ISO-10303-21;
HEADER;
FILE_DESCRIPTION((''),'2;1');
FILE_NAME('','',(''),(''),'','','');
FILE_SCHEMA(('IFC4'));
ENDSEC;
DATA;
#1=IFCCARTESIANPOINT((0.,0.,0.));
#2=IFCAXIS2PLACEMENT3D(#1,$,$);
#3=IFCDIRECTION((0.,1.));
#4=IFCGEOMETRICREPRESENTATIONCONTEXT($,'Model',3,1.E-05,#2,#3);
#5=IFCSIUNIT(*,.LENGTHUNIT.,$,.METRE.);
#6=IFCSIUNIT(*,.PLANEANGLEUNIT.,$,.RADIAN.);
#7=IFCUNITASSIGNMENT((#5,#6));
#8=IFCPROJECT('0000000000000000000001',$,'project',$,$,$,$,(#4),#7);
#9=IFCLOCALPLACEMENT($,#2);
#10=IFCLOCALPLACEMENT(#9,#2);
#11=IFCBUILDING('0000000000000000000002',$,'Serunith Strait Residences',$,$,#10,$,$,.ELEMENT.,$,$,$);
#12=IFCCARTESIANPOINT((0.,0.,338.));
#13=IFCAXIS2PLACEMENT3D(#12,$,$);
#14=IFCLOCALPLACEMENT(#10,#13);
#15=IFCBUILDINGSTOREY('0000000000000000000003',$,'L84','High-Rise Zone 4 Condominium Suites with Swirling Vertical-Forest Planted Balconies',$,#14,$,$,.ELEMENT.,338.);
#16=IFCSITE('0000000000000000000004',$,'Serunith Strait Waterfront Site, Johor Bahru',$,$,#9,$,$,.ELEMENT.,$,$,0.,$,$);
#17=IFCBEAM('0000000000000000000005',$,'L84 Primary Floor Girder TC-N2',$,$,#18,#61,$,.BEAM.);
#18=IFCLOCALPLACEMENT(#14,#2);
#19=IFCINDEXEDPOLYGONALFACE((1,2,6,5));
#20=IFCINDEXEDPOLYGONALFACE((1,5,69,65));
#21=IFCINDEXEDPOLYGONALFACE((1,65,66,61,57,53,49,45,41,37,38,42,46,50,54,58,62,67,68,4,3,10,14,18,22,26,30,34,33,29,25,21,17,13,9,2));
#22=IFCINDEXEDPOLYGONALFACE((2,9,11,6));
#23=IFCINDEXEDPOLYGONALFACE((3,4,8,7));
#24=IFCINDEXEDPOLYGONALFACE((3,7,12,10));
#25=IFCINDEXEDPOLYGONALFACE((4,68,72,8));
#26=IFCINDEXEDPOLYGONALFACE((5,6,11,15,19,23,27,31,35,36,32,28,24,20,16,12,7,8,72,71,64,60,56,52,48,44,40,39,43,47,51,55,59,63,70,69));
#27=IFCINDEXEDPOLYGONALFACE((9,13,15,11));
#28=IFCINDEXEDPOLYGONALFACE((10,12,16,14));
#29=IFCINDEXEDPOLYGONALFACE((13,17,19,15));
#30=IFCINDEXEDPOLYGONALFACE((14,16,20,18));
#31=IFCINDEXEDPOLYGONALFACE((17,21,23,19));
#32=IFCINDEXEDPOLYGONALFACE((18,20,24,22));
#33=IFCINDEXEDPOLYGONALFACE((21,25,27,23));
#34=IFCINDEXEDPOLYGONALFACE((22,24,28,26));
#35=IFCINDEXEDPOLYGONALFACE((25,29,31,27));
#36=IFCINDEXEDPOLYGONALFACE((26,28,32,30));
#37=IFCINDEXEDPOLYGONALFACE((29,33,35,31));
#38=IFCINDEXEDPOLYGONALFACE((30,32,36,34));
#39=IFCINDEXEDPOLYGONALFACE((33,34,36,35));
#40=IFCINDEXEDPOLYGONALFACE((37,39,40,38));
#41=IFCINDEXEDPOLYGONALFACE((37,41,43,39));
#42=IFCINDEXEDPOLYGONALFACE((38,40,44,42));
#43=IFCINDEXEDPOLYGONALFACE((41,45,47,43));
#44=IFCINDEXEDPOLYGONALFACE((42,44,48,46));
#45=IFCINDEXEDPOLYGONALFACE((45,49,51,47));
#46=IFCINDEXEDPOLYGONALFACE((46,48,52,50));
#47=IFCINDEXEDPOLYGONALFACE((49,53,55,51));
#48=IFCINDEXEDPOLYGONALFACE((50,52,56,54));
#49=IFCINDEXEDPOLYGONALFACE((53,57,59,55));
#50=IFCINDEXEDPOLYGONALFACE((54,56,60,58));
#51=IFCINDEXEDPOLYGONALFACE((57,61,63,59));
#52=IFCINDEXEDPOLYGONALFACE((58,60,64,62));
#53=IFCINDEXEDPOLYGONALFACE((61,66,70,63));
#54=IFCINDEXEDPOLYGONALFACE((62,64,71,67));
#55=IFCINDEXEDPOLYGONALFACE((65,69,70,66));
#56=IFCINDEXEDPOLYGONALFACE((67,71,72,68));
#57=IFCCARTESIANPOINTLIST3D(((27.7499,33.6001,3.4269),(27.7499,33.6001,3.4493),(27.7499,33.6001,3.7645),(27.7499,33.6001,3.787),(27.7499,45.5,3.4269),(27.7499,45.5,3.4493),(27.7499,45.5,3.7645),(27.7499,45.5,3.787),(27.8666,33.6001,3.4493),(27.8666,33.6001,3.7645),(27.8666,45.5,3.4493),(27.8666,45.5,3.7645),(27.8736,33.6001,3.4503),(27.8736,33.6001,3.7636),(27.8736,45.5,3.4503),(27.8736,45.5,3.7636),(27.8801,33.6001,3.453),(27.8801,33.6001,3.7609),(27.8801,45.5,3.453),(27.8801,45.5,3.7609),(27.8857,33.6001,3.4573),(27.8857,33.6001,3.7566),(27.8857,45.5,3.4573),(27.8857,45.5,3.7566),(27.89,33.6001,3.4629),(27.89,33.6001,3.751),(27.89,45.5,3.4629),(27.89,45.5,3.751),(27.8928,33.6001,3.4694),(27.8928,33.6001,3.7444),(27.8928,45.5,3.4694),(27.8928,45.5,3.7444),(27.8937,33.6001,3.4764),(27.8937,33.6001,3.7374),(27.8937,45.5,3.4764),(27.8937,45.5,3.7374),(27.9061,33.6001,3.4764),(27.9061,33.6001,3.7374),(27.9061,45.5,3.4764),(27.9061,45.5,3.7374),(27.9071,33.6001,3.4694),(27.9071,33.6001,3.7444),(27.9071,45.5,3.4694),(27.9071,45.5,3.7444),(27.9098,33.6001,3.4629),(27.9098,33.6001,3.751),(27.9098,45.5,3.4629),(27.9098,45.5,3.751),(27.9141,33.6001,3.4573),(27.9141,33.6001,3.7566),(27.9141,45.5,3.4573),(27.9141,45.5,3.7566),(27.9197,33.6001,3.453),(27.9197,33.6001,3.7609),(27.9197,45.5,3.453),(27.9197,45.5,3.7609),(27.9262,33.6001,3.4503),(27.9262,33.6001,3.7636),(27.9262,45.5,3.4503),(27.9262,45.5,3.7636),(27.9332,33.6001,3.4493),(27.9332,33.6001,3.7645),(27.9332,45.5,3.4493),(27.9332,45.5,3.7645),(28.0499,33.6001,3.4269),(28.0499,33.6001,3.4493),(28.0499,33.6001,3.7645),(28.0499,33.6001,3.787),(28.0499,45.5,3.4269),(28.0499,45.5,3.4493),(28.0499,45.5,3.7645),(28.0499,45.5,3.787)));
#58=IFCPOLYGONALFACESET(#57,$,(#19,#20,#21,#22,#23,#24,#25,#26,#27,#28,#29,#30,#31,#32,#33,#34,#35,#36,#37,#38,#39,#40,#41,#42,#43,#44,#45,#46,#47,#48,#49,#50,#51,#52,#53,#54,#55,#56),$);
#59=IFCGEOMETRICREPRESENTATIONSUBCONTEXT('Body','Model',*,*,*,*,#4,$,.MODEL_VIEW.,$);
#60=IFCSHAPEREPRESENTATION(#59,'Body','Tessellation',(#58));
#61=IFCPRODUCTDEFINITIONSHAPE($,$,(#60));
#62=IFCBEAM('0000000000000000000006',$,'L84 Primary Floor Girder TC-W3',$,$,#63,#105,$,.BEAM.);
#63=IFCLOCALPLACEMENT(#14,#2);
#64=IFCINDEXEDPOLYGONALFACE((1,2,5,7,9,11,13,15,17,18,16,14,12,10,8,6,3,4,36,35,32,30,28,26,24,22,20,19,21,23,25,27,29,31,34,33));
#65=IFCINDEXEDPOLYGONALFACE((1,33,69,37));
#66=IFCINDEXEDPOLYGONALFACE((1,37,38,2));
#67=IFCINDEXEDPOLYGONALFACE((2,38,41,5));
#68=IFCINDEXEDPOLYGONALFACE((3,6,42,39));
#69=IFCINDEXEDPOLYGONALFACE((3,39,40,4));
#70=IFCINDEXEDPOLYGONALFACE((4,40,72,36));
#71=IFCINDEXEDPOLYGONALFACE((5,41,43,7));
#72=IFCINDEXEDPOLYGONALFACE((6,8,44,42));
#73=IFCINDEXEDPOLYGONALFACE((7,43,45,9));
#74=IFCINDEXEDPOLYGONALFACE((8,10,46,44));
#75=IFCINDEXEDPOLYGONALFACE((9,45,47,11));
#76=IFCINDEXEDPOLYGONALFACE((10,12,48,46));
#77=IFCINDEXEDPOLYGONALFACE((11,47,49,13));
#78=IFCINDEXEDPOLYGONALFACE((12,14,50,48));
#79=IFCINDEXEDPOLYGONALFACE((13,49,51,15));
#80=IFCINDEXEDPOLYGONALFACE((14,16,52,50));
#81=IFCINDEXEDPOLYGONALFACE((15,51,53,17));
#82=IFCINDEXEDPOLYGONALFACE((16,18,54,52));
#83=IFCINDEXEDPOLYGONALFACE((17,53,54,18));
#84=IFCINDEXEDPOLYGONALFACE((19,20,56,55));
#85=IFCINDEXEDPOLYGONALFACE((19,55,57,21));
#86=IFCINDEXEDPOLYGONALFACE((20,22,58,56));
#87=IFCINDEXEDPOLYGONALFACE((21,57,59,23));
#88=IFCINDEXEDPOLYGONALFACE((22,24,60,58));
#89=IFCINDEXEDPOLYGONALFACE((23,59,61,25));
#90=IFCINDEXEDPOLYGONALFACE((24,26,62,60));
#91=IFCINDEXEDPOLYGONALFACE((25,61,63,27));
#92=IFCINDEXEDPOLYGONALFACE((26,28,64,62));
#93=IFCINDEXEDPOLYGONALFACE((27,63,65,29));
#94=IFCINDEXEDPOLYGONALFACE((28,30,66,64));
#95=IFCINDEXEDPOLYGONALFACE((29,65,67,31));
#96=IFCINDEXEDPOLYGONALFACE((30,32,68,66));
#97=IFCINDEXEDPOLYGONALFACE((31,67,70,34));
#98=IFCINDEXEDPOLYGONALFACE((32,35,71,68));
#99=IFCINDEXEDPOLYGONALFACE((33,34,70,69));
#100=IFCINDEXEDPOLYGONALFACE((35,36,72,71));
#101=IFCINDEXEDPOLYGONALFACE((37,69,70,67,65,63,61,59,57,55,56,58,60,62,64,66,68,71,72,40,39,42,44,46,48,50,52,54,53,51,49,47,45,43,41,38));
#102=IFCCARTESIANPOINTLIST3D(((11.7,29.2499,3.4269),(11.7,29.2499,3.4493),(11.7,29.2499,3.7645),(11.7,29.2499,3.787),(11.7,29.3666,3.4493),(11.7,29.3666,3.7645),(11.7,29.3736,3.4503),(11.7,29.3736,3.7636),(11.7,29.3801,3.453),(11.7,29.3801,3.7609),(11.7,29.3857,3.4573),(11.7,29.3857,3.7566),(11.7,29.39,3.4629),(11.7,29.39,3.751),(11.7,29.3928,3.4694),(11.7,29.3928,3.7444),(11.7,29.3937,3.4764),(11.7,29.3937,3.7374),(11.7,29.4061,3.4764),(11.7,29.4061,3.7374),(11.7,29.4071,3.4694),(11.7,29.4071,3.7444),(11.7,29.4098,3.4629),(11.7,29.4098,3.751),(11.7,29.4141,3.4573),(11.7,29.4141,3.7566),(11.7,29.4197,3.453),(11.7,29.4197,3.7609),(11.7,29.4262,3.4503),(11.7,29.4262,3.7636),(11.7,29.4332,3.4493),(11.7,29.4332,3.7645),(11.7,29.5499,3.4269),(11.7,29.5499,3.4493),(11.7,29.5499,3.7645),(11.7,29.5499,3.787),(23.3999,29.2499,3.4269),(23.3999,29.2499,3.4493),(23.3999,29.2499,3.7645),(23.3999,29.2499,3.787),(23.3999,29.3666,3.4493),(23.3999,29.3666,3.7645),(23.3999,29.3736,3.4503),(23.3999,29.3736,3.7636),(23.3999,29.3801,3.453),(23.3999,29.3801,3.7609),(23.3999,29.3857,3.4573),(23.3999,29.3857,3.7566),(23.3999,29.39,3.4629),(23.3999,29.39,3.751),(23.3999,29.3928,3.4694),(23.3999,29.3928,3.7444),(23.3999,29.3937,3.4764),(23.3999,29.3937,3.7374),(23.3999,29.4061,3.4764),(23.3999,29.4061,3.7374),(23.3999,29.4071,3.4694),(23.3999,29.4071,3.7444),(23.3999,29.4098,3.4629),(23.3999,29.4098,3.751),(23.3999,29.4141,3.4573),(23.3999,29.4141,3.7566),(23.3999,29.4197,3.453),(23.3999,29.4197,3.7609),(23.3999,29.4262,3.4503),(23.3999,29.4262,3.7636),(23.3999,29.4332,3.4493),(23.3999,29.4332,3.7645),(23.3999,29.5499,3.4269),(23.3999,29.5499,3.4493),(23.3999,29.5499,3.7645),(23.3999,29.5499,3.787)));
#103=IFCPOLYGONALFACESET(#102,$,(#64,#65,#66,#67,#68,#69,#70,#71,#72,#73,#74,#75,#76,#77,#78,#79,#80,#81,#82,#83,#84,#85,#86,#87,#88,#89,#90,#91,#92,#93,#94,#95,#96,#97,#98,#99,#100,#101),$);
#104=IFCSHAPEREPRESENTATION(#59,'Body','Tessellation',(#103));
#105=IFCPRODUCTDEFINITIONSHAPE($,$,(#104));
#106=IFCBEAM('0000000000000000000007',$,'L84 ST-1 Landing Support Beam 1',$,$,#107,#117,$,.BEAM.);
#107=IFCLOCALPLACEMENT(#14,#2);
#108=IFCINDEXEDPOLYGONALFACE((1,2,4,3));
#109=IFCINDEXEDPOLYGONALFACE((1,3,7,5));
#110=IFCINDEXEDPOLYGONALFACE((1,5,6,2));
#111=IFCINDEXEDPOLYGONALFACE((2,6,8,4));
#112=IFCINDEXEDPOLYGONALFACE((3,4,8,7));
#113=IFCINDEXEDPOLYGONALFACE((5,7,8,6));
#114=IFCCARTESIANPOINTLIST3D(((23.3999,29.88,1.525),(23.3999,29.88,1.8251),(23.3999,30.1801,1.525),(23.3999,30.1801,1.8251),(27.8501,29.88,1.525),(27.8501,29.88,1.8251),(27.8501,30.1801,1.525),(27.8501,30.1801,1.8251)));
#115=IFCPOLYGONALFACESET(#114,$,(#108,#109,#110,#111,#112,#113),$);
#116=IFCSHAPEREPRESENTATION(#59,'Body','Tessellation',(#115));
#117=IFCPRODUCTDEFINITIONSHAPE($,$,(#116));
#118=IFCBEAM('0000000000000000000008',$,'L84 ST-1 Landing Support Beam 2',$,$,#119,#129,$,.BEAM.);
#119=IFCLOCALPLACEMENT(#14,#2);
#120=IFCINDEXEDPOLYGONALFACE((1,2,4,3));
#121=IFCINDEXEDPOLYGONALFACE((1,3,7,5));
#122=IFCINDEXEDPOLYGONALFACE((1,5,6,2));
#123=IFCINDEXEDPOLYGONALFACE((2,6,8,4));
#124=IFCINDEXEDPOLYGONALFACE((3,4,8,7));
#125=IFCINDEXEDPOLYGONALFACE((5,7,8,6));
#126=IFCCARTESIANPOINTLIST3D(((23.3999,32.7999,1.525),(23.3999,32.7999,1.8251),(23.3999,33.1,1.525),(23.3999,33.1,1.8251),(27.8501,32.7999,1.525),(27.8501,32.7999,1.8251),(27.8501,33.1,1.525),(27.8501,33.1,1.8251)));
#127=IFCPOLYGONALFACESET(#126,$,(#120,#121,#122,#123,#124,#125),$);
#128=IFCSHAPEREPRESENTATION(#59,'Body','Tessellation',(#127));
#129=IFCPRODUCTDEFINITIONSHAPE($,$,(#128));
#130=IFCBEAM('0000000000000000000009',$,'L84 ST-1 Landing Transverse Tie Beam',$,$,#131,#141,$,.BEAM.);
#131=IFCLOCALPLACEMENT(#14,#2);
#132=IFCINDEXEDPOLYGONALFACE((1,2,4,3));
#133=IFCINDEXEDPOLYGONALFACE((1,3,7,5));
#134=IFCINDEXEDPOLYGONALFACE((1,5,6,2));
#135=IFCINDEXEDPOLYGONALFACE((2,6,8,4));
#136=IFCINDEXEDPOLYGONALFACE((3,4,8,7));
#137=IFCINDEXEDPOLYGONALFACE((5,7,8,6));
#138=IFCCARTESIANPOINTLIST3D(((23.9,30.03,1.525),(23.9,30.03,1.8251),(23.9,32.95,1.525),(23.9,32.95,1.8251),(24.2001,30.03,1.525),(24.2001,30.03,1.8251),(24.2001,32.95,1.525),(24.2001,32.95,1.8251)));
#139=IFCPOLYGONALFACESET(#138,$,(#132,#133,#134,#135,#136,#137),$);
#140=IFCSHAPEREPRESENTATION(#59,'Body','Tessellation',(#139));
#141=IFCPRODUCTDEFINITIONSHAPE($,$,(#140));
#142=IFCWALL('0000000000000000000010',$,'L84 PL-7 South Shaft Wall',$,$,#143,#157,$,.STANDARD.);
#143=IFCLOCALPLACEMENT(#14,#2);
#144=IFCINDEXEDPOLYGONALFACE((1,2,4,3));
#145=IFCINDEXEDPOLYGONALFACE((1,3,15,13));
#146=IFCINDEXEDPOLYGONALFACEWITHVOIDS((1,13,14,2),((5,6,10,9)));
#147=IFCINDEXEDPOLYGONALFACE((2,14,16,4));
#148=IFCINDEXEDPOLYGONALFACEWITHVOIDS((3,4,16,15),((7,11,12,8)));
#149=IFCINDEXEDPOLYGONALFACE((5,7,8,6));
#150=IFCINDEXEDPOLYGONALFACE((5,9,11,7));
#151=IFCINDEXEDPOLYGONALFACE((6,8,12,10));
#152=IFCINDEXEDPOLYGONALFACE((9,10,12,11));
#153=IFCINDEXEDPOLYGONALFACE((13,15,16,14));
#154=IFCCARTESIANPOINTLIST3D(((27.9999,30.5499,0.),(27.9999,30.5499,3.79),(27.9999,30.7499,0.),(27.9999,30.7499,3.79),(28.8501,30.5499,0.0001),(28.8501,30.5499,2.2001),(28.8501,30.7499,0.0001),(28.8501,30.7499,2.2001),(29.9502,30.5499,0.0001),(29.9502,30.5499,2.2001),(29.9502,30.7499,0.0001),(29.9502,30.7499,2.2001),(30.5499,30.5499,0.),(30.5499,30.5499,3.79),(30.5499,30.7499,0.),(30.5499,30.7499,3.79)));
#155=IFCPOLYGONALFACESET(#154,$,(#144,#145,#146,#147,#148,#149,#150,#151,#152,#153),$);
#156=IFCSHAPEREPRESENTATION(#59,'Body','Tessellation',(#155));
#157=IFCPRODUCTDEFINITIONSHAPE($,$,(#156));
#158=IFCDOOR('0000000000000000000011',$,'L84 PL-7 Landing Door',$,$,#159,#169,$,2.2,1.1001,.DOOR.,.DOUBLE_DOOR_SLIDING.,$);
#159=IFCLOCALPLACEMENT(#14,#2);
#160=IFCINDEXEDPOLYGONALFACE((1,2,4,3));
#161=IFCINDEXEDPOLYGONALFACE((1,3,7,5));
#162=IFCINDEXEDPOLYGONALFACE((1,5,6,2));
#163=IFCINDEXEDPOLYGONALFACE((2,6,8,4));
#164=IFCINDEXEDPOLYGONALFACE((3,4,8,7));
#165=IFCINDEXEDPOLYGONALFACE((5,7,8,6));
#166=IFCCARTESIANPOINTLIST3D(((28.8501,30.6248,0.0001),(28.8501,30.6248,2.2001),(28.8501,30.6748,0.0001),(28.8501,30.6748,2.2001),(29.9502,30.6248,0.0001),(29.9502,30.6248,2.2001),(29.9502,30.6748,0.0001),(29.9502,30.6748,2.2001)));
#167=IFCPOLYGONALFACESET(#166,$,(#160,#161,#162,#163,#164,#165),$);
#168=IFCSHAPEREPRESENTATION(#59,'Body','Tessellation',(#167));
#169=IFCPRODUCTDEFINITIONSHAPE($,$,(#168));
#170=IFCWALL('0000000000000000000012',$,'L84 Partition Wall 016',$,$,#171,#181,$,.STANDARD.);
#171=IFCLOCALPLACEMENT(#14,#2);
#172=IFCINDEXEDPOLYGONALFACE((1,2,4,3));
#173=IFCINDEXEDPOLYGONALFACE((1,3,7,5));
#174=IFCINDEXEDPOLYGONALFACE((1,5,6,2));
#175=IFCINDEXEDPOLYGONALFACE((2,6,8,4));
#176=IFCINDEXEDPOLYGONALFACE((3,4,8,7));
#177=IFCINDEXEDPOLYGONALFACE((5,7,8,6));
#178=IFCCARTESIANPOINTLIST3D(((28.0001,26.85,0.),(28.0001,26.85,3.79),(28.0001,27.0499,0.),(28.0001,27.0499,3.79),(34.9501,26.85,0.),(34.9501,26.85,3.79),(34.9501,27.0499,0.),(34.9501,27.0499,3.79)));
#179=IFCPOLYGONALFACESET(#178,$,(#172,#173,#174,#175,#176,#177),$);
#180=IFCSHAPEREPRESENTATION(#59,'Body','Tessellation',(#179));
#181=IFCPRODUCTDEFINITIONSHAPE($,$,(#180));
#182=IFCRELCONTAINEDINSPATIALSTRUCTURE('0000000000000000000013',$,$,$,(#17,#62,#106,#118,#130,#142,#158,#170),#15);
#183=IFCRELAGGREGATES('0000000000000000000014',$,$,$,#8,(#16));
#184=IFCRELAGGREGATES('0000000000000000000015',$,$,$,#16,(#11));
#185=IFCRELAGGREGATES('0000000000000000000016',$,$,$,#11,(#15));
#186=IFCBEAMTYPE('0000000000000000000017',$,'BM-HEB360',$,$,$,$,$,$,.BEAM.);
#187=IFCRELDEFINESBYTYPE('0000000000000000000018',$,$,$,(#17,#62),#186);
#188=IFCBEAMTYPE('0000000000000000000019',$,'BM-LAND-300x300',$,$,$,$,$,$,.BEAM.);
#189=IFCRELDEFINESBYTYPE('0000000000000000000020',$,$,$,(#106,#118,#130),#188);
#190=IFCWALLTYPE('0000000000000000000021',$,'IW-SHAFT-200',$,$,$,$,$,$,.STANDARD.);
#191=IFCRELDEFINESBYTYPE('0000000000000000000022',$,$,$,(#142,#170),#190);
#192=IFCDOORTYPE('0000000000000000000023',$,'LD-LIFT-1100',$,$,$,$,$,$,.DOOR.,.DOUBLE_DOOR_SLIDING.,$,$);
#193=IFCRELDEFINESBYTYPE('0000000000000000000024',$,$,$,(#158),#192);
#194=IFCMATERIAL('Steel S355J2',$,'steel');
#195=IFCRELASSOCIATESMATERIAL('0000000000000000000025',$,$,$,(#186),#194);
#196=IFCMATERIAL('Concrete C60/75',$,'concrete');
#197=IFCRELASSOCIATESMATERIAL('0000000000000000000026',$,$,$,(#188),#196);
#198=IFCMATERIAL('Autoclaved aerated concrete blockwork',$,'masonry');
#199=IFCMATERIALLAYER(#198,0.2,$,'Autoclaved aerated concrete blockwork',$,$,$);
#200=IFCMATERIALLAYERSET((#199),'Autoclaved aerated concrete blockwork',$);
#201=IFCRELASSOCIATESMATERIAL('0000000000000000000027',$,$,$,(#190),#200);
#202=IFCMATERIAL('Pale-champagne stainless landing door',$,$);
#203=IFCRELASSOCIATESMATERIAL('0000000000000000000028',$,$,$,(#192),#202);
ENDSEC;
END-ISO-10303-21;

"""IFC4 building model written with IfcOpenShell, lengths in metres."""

from ifc_helpers import new_model, si_unit, direction, frame, frame_2d, origin, origin_2d, place, context, subcontext, project, spatial, rectangle, i_section, extrude, source, transform, mapped, material, layer, layer_set, material_profile, profile_set, type_object, element, fill, save


model = new_model("IFC4")

# Units and contexts
model_context = context("Model", 3, precision=1e-05, world=origin(), true_north=direction((0.0, 1.0)))
body_context = subcontext(model_context, "Body", "Model", "MODEL_VIEW")
ifc_project = project(units=[si_unit("LENGTHUNIT", "METRE"), si_unit("PLANEANGLEUNIT", "RADIAN")], contexts=[model_context])

# Site, building, storey
site_placement = place(None, origin())
site = spatial("IfcSite", under=ifc_project, at=site_placement, Name="Serunith Strait Waterfront Site, Johor Bahru", CompositionType="ELEMENT", RefElevation=0.0)
building_placement = place(site_placement, origin())
building = spatial("IfcBuilding", under=site, at=building_placement, Name="Serunith Strait Residences", CompositionType="ELEMENT")
storey_placement = place(building_placement, frame((0.0, 0.0, 338.0)))
storey = spatial("IfcBuildingStorey", under=building, at=storey_placement, Name="L84", Description="High-Rise Zone 4 Condominium Suites with Swirling Vertical-Forest Planted Balconies", CompositionType="ELEMENT", Elevation=338.0)

# Beams
ifc_material_1 = material(Name="Steel S355J2", Category="steel")
ifc_material_profile_1 = material_profile(ifc_material_1, i_section(OverallWidth=0.3, OverallDepth=0.3601, WebThickness=0.0125, FlangeThickness=0.0225, FilletRadius=0.0271, at=origin_2d()), Name="HEB 360")
ifc_profile_set_1 = profile_set([ifc_material_profile_1], Name="Steel S355J2")
beam_type_1 = type_object("IfcBeamType", Name="BM-HEB360", PredefinedType="BEAM", material=ifc_profile_set_1)
shared_shape_1 = source(origin(), body_context, "Body", "SweptSolid", [
    extrude(i_section(OverallWidth=0.3, OverallDepth=0.3601, WebThickness=0.0125, FlangeThickness=0.0225, FilletRadius=0.0271, at=origin_2d()), origin(), (0.0, 0.0, 1.0), 11.8999),
])
beam_1_placement = place(storey_placement, frame((27.8999, 33.6001, 3.6069), z_axis=(0.0, 1.0, 0.0), x_axis=(-1.0, 0.0, 0.0)))
element("IfcBeam", 1, at=beam_1_placement, inside=storey, type_object=beam_type_1, Name="L84 Primary Floor Girder TC-N2", PredefinedType="BEAM", context=body_context, shape_type="MappedRepresentation", body=[
    mapped(shared_shape_1, transform((0.0, 0.0, 0.0), scale=1.0)),
])
shared_shape_2 = source(origin(), body_context, "Body", "SweptSolid", [
    extrude(i_section(OverallWidth=0.3, OverallDepth=0.3601, WebThickness=0.0125, FlangeThickness=0.0225, FilletRadius=0.0271, at=origin_2d()), origin(), (0.0, 0.0, 1.0), 11.7),
])
beam_2_placement = place(storey_placement, frame((23.3999, 29.3999, 3.6069), z_axis=(-1.0, 0.0, 0.0), x_axis=(0.0, -1.0, 0.0)))
element("IfcBeam", 2, at=beam_2_placement, inside=storey, type_object=beam_type_1, Name="L84 Primary Floor Girder TC-W3", PredefinedType="BEAM", context=body_context, shape_type="MappedRepresentation", body=[
    mapped(shared_shape_2, transform((0.0, 0.0, 0.0), scale=1.0)),
])
ifc_material_2 = material(Name="Concrete C60/75", Category="concrete")
ifc_material_profile_2 = material_profile(ifc_material_2, rectangle(XDim=0.3, YDim=0.3, at=origin_2d()), Name="RC 300x300")
ifc_profile_set_2 = profile_set([ifc_material_profile_2], Name="Concrete C60/75")
beam_type_2 = type_object("IfcBeamType", Name="BM-LAND-300x300", PredefinedType="BEAM", material=ifc_profile_set_2)
shared_shape_3 = source(origin(), body_context, "Body", "SweptSolid", [
    extrude(rectangle(XDim=0.3, YDim=0.3, at=origin_2d()), origin(), (0.0, 0.0, 1.0), 4.4502),
])
for number, where, z_axis, x_axis, name in (
    (3, (23.3999, 30.03, 1.675), (1.0, 0.0, 0.0), (0.0, 1.0, 0.0), "L84 ST-1 Landing Support Beam 1"),
    (4, (23.3999, 32.95, 1.675), (1.0, 0.0, 0.0), (0.0, 1.0, 0.0), "L84 ST-1 Landing Support Beam 2"),
):
    element("IfcBeam", number, at=place(storey_placement, frame(where, z_axis=z_axis, x_axis=x_axis)), inside=storey, type_object=beam_type_2, Name=name, PredefinedType="BEAM", context=body_context, shape_type="MappedRepresentation", body=[
        mapped(shared_shape_3, transform((0.0, 0.0, 0.0), scale=1.0)),
    ])
shared_shape_4 = source(origin(), body_context, "Body", "SweptSolid", [
    extrude(rectangle(XDim=0.3, YDim=0.3, at=origin_2d()), origin(), (0.0, 0.0, 1.0), 2.9199),
])
beam_3_placement = place(storey_placement, frame((24.05, 30.03, 1.675), z_axis=(0.0, 1.0, 0.0), x_axis=(-1.0, 0.0, 0.0)))
element("IfcBeam", 5, at=beam_3_placement, inside=storey, type_object=beam_type_2, Name="L84 ST-1 Landing Transverse Tie Beam", PredefinedType="BEAM", context=body_context, shape_type="MappedRepresentation", body=[
    mapped(shared_shape_4, transform((0.0, 0.0, 0.0), scale=1.0)),
])

# Wall, opening, door
ifc_material_3 = material(Name="Autoclaved aerated concrete blockwork", Category="masonry")
ifc_layer = layer(ifc_material_3, 0.2, Name="Autoclaved aerated concrete blockwork")
ifc_layer_set = layer_set([ifc_layer], Name="Autoclaved aerated concrete blockwork")
wall_type = type_object("IfcWallType", Name="IW-SHAFT-200", PredefinedType="STANDARD", material=ifc_layer_set)
wall_1_placement = place(storey_placement, frame((28.0, 30.6499, 0.0), z_axis=(0.0, 0.0, 1.0), x_axis=(1.0, 0.0, 0.0)))
wall_1 = element("IfcWall", 6, at=wall_1_placement, inside=storey, type_object=wall_type, Name="L84 PL-7 South Shaft Wall", PredefinedType="STANDARD", context=body_context, shape_type="SweptSolid", body=[
    extrude(rectangle(XDim=2.55, YDim=0.2, at=frame_2d((1.2749, 0.0))), origin(), (0.0, 0.0, 1.0), 3.79),
])
opening_placement = place(wall_1_placement, frame((0.8501, 0.0, 0.0)))
opening = element("IfcOpeningElement", 7, at=opening_placement, cuts=wall_1, PredefinedType="OPENING", context=body_context, shape_type="SweptSolid", body=[
    extrude(rectangle(XDim=1.1001, YDim=2.2, at=frame_2d((0.55, 1.1001))), frame((0.0, 0.1099, 0.0), z_axis=(0.0, -1.0, 0.0), x_axis=(1.0, 0.0, 0.0)), (0.0, 0.0, 1.0), 0.22),
])
ifc_material_4 = material(Name="Pale-champagne stainless landing door")
door_type = type_object("IfcDoorType", Name="LD-LIFT-1100", OperationType="DOUBLE_DOOR_SLIDING", PredefinedType="DOOR", material=ifc_material_4)
shared_shape_5 = source(origin(), body_context, "Body", "SweptSolid", [
    extrude(rectangle(XDim=1.1001, YDim=2.2, at=frame_2d((0.55, 1.1001))), frame((0.0, 0.0249, 0.0), z_axis=(0.0, -1.0, 0.0), x_axis=(1.0, 0.0, 0.0)), (0.0, 0.0, 1.0), 0.05),
])
door_placement = place(opening_placement, origin())
door = element("IfcDoor", 8, at=door_placement, inside=storey, type_object=door_type, Name="L84 PL-7 Landing Door", OperationType="DOUBLE_DOOR_SLIDING", OverallHeight=2.2, OverallWidth=1.1001, PredefinedType="DOOR", context=body_context, shape_type="MappedRepresentation", body=[
    mapped(shared_shape_5, transform((0.0, 0.0, 0.0), scale=1.0)),
])
fill(opening, door)

# Wall
wall_2_placement = place(storey_placement, frame((28.0, 26.95, 0.0), z_axis=(0.0, 0.0, 1.0), x_axis=(1.0, 0.0, 0.0)))
element("IfcWall", 9, at=wall_2_placement, inside=storey, type_object=wall_type, Name="L84 Partition Wall 016", PredefinedType="STANDARD", context=body_context, shape_type="SweptSolid", body=[
    extrude(rectangle(XDim=6.95, YDim=0.2, at=frame_2d((3.4751, 0.0))), origin(), (0.0, 0.0, 1.0), 3.79),
])

save(model, "model.ifc")
